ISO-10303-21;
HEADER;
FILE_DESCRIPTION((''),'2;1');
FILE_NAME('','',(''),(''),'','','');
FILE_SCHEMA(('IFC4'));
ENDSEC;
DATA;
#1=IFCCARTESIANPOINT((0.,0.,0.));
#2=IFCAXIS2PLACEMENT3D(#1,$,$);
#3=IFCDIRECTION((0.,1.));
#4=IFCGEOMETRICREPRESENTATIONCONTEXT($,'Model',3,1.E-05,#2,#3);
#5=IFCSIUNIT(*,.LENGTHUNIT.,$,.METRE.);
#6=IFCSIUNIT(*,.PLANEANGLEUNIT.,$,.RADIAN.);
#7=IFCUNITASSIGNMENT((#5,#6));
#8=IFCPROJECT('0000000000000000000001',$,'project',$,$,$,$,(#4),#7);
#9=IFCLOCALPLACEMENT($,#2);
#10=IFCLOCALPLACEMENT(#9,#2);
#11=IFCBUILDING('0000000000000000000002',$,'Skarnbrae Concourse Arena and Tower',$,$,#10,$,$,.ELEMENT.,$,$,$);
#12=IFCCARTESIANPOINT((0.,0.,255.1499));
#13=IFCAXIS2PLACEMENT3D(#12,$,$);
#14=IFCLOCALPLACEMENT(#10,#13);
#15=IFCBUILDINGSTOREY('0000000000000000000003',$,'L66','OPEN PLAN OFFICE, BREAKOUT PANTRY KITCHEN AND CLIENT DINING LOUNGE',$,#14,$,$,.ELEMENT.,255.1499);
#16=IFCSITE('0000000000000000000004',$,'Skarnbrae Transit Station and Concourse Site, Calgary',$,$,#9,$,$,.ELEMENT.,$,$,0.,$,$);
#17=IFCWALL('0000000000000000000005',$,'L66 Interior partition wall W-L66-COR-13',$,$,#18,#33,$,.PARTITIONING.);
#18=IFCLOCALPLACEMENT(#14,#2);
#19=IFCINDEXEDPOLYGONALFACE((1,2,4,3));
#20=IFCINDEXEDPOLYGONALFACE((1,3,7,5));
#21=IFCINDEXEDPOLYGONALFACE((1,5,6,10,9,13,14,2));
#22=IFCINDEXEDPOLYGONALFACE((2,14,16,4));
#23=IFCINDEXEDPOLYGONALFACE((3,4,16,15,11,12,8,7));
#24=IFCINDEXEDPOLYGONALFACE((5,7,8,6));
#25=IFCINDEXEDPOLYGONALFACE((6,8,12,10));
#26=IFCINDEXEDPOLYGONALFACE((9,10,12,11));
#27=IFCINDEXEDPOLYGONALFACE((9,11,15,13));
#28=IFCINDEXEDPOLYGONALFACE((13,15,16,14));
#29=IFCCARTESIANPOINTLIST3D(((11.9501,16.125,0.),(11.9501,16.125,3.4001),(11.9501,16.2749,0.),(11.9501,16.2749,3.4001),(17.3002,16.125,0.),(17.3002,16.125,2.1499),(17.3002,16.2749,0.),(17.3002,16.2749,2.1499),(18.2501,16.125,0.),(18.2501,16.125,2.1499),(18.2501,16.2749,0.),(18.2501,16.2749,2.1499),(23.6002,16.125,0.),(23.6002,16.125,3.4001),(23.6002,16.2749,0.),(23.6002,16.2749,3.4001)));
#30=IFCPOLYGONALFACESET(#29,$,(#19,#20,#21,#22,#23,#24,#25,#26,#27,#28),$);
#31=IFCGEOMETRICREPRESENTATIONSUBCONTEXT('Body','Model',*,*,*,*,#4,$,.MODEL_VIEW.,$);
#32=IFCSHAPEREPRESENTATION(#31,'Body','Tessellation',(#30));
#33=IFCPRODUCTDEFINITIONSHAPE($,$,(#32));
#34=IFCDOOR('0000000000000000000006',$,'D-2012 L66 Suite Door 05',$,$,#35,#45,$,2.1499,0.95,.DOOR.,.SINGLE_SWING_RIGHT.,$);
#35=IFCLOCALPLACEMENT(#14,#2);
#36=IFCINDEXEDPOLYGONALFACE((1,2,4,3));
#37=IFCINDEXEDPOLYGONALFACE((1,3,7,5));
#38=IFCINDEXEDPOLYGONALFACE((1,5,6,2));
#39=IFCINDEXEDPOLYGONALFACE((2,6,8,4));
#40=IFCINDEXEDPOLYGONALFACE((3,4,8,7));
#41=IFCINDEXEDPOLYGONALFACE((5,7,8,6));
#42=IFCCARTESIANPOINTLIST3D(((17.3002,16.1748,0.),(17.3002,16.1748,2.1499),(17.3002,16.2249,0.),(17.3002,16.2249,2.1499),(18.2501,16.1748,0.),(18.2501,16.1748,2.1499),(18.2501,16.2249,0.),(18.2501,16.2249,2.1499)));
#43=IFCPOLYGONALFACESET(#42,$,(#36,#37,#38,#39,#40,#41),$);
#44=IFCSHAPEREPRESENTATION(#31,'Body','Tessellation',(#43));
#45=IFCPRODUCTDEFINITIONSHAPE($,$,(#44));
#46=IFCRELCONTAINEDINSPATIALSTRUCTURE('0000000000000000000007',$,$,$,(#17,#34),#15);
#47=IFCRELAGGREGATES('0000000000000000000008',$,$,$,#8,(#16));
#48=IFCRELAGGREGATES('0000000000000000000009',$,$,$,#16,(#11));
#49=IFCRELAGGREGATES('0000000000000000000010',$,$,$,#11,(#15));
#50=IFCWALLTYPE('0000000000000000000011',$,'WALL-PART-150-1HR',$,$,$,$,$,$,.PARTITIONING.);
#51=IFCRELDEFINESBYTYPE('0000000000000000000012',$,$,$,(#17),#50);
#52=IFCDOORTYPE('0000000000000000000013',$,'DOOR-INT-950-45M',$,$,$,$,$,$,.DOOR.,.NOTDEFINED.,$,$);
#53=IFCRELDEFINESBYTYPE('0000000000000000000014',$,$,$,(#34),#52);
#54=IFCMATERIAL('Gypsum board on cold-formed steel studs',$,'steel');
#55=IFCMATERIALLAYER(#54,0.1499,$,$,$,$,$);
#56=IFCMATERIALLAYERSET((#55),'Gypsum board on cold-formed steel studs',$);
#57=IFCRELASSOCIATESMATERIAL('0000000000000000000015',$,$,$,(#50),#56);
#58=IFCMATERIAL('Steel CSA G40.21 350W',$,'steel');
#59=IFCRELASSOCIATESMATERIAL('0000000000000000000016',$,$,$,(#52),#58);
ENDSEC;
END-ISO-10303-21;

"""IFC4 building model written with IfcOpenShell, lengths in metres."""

from ifc_helpers import new_model, si_unit, direction, frame, frame_2d, origin, place, context, subcontext, project, spatial, rectangle, extrude, source, transform, mapped, material, layer, layer_set, type_object, element, fill, save


model = new_model("IFC4")

# Units and contexts
model_context = context("Model", 3, precision=1e-05, world=origin(), true_north=direction((0.0, 1.0)))
body_context = subcontext(model_context, "Body", "Model", "MODEL_VIEW")
ifc_project = project(units=[si_unit("LENGTHUNIT", "METRE"), si_unit("PLANEANGLEUNIT", "RADIAN")], contexts=[model_context])

# Site, building, storey
site_placement = place(None, origin())
site = spatial("IfcSite", under=ifc_project, at=site_placement, Name="Skarnbrae Transit Station and Concourse Site, Calgary", CompositionType="ELEMENT", RefElevation=0.0)
building_placement = place(site_placement, origin())
building = spatial("IfcBuilding", under=site, at=building_placement, Name="Skarnbrae Concourse Arena and Tower", CompositionType="ELEMENT")
storey_placement = place(building_placement, frame((0.0, 0.0, 255.1499)))
storey = spatial("IfcBuildingStorey", under=building, at=storey_placement, Name="L66", Description="OPEN PLAN OFFICE, BREAKOUT PANTRY KITCHEN AND CLIENT DINING LOUNGE", CompositionType="ELEMENT", Elevation=255.1499)

# Shared definitions
ifc_material_1 = material(Name="Steel CSA G40.21 350W", Category="steel")

# Shared definitions
ifc_material_2 = material(Name="Gypsum board on cold-formed steel studs", Category="steel")

# Shared definitions
ifc_layer_1 = layer(ifc_material_2, 0.1499)
ifc_layer_set_1 = layer_set([ifc_layer_1], Name="Gypsum board on cold-formed steel studs")
wall_type_1 = type_object("IfcWallType", Name="WALL-PART-150-1HR", PredefinedType="PARTITIONING", material=ifc_layer_set_1)
door_type_1 = type_object("IfcDoorType", Name="DOOR-INT-950-45M", OperationType="NOTDEFINED", PredefinedType="DOOR", material=ifc_material_1)
shared_shape_1 = source(origin(), body_context, "Body", "SweptSolid", [
    extrude(rectangle(XDim=0.95, YDim=2.1499, at=frame_2d((0.4751, 1.075))), frame((0.0, 0.0249, 0.0), z_axis=(0.0, -1.0, 0.0), x_axis=(1.0, 0.0, 0.0)), (0.0, 0.0, 1.0), 0.05),
])

# Wall, opening, door
shared_shape_2 = source(origin(), body_context, "Body", "SweptSolid", [
    extrude(rectangle(XDim=11.6501, YDim=0.1499, at=frame_2d((5.8252, 0.0))), origin(), (0.0, 0.0, 1.0), 3.4001),
])
wall_1_placement = place(storey_placement, frame((11.95, 16.2, 0.0), z_axis=(0.0, 0.0, 1.0), x_axis=(1.0, 0.0, 0.0)))
wall_1 = element("IfcWall", 1, at=wall_1_placement, inside=storey, type_object=wall_type_1, Name="L66 Interior partition wall W-L66-COR-13", PredefinedType="PARTITIONING", context=body_context, shape_type="MappedRepresentation", body=[
    mapped(shared_shape_2, transform((0.0, 0.0, 0.0))),
])
opening_1_placement = place(wall_1_placement, frame((5.3501, 0.0, 0.0)))
opening_1 = element("IfcOpeningElement", 2, at=opening_1_placement, cuts=wall_1, PredefinedType="OPENING", context=body_context, shape_type="SweptSolid", body=[
    extrude(rectangle(XDim=0.95, YDim=2.1499, at=frame_2d((0.4751, 1.075))), frame((0.0, 0.085, 0.0), z_axis=(0.0, -1.0, 0.0), x_axis=(1.0, 0.0, 0.0)), (0.0, 0.0, 1.0), 0.1699),
])
door_1_placement = place(opening_1_placement, origin())
door_1 = element("IfcDoor", 3, at=door_1_placement, inside=storey, type_object=door_type_1, Name="D-2012 L66 Suite Door 05", OperationType="SINGLE_SWING_RIGHT", OverallHeight=2.1499, OverallWidth=0.95, PredefinedType="DOOR", context=body_context, shape_type="MappedRepresentation", body=[
    mapped(shared_shape_1, transform((0.0, 0.0, 0.0))),
])
fill(opening_1, door_1)

save(model, "model.ifc")
